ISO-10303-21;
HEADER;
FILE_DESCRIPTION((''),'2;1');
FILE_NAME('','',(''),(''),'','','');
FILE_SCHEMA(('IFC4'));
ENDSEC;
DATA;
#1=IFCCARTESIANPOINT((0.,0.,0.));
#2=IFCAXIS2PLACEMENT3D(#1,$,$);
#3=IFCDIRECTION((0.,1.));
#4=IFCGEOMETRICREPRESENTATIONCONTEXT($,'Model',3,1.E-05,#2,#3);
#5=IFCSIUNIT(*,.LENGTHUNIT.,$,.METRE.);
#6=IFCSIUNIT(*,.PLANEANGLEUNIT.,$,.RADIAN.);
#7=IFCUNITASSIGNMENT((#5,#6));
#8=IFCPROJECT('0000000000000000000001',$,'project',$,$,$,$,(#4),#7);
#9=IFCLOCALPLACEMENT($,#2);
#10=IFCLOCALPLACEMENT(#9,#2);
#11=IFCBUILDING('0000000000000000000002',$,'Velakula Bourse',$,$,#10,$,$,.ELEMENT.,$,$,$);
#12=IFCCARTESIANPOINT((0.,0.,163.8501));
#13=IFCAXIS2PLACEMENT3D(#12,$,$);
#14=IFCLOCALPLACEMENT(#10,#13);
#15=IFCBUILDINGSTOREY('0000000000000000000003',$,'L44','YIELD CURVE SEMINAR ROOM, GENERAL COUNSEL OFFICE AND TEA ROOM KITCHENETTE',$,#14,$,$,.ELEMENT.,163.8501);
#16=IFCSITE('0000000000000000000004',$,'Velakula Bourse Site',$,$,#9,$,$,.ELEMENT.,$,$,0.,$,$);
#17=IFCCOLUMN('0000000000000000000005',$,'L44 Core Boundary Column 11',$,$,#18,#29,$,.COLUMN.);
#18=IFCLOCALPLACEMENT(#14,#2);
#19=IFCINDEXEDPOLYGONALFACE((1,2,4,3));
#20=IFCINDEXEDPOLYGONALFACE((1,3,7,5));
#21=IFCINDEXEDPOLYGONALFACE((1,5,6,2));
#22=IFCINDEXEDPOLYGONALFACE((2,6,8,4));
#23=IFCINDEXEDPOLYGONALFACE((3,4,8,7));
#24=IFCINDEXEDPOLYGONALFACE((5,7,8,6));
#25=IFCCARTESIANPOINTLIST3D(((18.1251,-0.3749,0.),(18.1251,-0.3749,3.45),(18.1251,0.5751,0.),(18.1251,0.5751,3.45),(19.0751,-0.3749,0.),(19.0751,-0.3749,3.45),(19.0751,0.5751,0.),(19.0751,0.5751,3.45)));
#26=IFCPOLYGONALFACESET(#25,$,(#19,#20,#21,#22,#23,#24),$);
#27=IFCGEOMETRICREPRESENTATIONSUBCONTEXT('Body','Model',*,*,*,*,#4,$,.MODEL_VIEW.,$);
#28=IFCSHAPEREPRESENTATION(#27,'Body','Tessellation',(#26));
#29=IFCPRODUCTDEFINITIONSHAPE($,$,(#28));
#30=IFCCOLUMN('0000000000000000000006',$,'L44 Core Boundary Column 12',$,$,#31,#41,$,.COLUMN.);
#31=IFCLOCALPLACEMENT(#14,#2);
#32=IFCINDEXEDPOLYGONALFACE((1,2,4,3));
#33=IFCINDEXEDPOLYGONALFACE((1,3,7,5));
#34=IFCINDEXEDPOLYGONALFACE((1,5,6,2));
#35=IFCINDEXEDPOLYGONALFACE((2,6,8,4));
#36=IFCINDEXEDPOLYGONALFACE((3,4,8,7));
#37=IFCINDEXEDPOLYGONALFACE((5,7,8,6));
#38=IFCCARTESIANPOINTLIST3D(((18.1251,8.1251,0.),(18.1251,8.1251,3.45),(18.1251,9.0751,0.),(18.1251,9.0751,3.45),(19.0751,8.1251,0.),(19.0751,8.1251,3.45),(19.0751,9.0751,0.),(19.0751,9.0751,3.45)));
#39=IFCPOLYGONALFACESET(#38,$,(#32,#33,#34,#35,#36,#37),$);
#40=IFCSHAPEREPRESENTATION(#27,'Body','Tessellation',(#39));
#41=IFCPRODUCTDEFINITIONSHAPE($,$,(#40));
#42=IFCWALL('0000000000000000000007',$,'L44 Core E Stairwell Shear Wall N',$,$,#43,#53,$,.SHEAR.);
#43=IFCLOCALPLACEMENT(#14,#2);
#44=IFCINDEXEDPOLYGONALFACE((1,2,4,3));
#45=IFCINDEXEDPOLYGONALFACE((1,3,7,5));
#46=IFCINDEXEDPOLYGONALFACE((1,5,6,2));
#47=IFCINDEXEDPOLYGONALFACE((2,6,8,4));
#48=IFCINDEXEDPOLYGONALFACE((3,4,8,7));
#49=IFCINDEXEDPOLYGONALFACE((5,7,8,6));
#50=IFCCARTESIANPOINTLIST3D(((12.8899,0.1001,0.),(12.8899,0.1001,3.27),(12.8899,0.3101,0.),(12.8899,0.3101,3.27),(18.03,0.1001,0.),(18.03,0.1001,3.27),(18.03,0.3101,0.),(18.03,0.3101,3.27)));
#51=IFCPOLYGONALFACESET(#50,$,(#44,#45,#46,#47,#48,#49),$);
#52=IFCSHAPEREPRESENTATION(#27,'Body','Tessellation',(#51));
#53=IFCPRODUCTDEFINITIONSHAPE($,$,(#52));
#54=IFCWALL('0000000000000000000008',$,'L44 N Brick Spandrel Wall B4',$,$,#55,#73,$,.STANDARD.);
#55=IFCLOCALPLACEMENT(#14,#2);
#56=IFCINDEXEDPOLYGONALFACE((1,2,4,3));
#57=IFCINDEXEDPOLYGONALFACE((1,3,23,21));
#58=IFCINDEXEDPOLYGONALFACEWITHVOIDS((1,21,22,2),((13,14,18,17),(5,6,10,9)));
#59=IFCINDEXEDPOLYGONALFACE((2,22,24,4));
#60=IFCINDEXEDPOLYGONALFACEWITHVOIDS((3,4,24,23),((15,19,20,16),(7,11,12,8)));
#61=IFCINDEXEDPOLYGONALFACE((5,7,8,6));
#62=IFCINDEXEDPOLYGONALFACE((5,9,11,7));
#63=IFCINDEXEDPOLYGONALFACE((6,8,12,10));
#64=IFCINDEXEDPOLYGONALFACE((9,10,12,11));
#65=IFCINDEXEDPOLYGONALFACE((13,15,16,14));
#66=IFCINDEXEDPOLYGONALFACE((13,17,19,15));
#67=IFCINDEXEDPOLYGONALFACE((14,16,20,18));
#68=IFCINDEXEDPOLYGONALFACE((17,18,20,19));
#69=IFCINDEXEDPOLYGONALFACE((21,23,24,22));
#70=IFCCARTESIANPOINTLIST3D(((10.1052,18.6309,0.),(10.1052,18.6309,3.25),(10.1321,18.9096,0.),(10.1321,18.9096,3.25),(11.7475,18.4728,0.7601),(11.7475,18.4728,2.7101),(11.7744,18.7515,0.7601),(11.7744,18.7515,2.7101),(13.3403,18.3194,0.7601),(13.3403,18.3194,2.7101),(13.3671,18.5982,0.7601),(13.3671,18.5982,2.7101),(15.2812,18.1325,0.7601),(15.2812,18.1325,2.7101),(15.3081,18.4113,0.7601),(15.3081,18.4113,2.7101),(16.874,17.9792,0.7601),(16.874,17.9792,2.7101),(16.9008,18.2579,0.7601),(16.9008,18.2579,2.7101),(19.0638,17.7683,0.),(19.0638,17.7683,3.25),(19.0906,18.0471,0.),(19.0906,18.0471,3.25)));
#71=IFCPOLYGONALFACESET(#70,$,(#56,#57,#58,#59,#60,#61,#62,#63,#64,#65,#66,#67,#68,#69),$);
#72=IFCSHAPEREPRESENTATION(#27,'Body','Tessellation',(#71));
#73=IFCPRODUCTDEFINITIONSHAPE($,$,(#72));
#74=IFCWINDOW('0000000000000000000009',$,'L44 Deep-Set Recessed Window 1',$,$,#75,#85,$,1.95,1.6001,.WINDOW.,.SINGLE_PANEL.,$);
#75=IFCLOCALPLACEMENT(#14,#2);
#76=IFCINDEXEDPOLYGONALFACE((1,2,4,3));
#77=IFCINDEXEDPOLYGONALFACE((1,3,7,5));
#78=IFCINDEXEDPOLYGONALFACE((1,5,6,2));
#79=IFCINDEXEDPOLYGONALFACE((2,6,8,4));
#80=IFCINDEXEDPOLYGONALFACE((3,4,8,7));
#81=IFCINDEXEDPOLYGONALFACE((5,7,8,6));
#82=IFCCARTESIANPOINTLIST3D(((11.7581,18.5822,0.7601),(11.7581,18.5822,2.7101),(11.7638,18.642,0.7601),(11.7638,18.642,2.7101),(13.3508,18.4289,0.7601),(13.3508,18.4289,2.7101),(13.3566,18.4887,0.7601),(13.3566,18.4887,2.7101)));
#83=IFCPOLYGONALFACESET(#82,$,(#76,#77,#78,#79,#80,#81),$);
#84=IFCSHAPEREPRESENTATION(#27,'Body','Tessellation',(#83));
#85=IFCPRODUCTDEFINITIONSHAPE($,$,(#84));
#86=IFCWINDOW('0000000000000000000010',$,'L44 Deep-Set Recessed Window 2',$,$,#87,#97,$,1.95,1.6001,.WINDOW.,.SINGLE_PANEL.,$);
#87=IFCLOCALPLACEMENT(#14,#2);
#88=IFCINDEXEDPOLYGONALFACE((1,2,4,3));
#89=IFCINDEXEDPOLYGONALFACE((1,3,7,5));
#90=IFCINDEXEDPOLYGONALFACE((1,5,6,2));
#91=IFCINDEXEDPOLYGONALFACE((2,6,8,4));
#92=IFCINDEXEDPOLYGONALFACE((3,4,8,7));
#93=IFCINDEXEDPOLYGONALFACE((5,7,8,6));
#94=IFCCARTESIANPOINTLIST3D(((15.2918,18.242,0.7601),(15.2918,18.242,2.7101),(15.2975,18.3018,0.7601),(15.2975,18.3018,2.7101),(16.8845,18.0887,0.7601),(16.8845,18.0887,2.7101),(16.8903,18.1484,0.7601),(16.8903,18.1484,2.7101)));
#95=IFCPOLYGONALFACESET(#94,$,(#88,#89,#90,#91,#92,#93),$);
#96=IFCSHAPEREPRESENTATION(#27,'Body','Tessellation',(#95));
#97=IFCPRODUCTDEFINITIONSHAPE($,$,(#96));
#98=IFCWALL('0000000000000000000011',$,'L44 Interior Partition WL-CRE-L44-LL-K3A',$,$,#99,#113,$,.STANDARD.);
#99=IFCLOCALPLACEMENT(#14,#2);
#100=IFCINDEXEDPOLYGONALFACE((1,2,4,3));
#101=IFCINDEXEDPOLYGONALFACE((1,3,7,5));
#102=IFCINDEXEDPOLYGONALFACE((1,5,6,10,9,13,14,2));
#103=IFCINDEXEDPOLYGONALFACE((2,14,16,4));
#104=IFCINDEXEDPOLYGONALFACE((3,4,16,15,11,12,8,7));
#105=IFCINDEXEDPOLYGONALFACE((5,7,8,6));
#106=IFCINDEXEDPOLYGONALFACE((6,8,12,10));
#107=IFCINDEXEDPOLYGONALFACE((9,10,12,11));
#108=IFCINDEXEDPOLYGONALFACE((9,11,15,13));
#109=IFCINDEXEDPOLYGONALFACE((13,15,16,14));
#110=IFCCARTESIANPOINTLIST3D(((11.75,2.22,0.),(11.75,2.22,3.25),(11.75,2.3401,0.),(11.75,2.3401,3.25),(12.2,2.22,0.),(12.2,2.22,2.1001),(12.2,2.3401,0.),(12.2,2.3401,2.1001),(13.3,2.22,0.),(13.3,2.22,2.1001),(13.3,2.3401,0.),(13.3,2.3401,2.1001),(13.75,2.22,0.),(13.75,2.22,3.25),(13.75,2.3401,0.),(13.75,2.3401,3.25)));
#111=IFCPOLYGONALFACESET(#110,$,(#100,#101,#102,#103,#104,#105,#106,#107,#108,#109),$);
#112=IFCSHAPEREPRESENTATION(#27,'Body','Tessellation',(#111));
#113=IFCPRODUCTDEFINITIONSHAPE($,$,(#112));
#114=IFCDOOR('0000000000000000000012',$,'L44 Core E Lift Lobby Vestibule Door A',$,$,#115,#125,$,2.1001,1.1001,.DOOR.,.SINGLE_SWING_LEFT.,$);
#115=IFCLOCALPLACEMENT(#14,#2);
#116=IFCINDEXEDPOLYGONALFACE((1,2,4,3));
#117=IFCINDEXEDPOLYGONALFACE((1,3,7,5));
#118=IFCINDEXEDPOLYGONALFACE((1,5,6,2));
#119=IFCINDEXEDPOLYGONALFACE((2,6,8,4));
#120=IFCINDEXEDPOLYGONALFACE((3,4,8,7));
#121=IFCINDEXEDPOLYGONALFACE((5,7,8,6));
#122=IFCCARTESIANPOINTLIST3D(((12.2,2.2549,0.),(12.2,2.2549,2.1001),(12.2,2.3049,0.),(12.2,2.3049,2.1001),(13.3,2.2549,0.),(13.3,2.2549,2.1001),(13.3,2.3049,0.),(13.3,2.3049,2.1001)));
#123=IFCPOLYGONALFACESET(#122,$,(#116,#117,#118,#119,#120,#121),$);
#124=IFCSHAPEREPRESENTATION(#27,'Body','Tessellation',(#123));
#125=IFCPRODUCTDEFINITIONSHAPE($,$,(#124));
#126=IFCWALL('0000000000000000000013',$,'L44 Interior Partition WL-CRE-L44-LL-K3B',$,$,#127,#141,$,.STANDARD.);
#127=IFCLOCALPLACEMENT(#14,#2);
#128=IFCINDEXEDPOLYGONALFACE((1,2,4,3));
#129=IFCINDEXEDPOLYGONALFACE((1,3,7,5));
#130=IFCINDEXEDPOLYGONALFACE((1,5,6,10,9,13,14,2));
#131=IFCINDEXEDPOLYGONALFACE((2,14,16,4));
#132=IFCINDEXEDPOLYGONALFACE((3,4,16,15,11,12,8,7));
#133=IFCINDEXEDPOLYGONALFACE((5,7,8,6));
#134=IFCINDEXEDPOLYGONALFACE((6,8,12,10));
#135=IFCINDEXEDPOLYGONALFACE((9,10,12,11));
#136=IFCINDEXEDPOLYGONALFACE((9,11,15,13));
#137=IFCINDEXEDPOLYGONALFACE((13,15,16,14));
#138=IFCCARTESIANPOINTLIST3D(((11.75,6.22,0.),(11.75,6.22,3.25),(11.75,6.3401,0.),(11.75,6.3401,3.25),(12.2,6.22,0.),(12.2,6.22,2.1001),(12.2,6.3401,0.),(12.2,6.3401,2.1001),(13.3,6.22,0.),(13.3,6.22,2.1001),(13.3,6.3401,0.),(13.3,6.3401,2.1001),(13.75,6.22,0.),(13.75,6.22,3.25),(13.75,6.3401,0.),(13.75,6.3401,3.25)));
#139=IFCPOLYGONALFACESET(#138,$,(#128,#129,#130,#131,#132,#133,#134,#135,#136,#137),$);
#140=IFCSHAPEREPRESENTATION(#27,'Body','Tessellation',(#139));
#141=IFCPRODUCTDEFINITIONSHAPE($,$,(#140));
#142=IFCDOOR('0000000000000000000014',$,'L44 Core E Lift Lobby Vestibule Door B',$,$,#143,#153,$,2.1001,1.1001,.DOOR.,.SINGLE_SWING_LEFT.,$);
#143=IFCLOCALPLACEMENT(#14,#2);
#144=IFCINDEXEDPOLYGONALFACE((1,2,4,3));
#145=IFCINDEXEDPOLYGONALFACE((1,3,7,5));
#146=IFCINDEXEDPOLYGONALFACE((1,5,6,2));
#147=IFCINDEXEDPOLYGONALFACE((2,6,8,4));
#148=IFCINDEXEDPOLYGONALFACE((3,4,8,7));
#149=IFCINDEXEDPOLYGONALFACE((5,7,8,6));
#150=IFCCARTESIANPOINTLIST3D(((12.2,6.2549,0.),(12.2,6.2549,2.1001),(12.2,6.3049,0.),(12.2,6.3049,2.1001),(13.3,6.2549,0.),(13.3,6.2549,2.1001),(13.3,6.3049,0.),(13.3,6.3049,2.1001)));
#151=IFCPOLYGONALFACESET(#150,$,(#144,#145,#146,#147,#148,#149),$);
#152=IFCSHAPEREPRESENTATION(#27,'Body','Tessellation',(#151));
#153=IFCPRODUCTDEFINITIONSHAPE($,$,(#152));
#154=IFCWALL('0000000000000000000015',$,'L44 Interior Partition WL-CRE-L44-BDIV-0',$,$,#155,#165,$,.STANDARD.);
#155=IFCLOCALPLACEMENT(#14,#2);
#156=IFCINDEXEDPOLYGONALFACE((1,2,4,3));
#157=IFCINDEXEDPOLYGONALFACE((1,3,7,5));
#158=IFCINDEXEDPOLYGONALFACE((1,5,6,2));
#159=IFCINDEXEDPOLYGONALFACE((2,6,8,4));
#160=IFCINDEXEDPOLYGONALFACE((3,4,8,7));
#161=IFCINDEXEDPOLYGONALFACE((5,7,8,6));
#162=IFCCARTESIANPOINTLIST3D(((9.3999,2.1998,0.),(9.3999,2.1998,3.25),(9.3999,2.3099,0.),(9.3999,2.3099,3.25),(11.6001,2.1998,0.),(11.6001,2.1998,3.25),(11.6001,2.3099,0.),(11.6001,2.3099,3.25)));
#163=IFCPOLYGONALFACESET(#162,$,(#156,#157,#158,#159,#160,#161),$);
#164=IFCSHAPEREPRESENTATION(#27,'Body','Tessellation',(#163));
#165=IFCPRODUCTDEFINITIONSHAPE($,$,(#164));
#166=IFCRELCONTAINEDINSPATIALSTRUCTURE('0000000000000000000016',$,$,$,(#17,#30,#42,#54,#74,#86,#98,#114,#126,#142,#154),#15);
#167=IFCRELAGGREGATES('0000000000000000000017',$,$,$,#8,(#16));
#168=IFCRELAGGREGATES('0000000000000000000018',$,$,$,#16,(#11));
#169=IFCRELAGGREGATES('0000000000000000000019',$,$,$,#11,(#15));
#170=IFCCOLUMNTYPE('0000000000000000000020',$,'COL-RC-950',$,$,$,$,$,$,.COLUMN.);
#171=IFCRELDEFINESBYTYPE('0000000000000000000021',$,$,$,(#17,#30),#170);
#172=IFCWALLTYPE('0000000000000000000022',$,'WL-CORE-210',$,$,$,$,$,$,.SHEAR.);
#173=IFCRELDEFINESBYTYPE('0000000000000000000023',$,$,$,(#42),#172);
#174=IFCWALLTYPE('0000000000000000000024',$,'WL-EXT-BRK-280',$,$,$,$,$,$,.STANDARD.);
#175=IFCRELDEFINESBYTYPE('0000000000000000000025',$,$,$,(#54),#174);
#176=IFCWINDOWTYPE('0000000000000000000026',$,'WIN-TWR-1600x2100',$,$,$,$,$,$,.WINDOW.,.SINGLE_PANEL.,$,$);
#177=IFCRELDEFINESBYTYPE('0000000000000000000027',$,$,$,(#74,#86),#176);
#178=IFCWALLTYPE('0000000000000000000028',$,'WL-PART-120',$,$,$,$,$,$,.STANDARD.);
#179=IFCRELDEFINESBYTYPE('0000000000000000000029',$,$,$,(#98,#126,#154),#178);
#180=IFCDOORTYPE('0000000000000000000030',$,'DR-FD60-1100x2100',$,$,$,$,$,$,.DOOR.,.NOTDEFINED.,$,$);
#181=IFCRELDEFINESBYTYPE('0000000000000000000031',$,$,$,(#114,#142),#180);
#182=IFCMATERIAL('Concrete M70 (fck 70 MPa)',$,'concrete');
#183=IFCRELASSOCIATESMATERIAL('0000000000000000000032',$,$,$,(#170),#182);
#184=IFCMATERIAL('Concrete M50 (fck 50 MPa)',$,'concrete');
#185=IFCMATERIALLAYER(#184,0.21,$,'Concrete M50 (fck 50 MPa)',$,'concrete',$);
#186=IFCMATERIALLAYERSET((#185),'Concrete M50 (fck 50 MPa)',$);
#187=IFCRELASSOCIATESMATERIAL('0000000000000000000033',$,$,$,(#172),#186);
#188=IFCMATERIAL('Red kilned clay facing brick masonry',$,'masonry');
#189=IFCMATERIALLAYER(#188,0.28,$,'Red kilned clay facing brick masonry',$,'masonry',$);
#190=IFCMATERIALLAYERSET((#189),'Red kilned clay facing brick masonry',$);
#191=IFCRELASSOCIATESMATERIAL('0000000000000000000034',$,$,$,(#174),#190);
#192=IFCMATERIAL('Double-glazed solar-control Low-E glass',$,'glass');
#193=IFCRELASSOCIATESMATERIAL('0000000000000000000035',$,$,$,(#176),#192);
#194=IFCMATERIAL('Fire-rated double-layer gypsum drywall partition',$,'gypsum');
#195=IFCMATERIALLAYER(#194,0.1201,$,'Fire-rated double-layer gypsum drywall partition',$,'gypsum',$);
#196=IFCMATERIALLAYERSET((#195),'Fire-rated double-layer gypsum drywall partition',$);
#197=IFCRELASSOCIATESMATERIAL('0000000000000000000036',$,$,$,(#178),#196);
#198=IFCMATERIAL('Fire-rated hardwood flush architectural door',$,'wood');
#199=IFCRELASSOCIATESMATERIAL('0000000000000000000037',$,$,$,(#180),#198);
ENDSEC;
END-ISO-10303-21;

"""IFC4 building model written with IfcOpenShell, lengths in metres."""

from ifc_helpers import new_model, si_unit, direction, frame, frame_2d, origin, origin_2d, place, context, subcontext, project, spatial, rectangle, extrude, material, layer, layer_set, material_profile, profile_set, type_object, element, fill, save


model = new_model("IFC4")

# Units and contexts
model_context = context("Model", 3, precision=1e-05, world=origin(), true_north=direction((0.0, 1.0)))
body_context = subcontext(model_context, "Body", "Model", "MODEL_VIEW")
ifc_project = project(units=[si_unit("LENGTHUNIT", "METRE"), si_unit("PLANEANGLEUNIT", "RADIAN")], contexts=[model_context])

# Site, building, storey
site_placement = place(None, origin())
site = spatial("IfcSite", under=ifc_project, at=site_placement, Name="Velakula Bourse Site", CompositionType="ELEMENT", RefElevation=0.0)
building_placement = place(site_placement, origin())
building = spatial("IfcBuilding", under=site, at=building_placement, Name="Velakula Bourse", CompositionType="ELEMENT")
storey_placement = place(building_placement, frame((0.0, 0.0, 163.8501)))
storey = spatial("IfcBuildingStorey", under=building, at=storey_placement, Name="L44", Description="YIELD CURVE SEMINAR ROOM, GENERAL COUNSEL OFFICE AND TEA ROOM KITCHENETTE", CompositionType="ELEMENT", Elevation=163.8501)

# Columns
ifc_material_1 = material(Name="Concrete M70 (fck 70 MPa)", Category="concrete")
ifc_material_profile = material_profile(ifc_material_1, rectangle(XDim=0.95, YDim=0.95, at=origin_2d()), Name="Concrete M70 (fck 70 MPa)")
ifc_profile_set = profile_set([ifc_material_profile], Name="Concrete M70 (fck 70 MPa)")
column_type = type_object("IfcColumnType", Name="COL-RC-950", PredefinedType="COLUMN", material=ifc_profile_set)
for number, where, z_axis, x_axis, name in (
    (1, (18.6001, 0.1001, 0.0), (0.0, 0.0, 1.0), (1.0, 0.0, 0.0), "L44 Core Boundary Column 11"),
    (2, (18.6001, 8.6001, 0.0), (0.0, 0.0, 1.0), (1.0, 0.0, 0.0), "L44 Core Boundary Column 12"),
):
    element("IfcColumn", number, at=place(storey_placement, frame(where, z_axis=z_axis, x_axis=x_axis)), inside=storey, type_object=column_type, Name=name, PredefinedType="COLUMN", context=body_context, shape_type="SweptSolid", body=[
        extrude(rectangle(XDim=0.95, YDim=0.95, at=origin_2d()), origin(), (0.0, 0.0, 1.0), 3.45),
    ])

# Wall
ifc_material_2 = material(Name="Concrete M50 (fck 50 MPa)", Category="concrete")
ifc_layer_1 = layer(ifc_material_2, 0.21, Name="Concrete M50 (fck 50 MPa)", Category="concrete")
ifc_layer_set_1 = layer_set([ifc_layer_1], Name="Concrete M50 (fck 50 MPa)")
wall_type_1 = type_object("IfcWallType", Name="WL-CORE-210", PredefinedType="SHEAR", material=ifc_layer_set_1)
wall_1_placement = place(storey_placement, frame((18.03, 0.2051, 0.0), z_axis=(0.0, 0.0, 1.0), x_axis=(-1.0, 0.0, 0.0)))
element("IfcWall", 3, at=wall_1_placement, inside=storey, type_object=wall_type_1, Name="L44 Core E Stairwell Shear Wall N", PredefinedType="SHEAR", context=body_context, shape_type="SweptSolid", body=[
    extrude(rectangle(XDim=5.1401, YDim=0.21, at=frame_2d((2.5701, 0.0))), origin(), (0.0, 0.0, 1.0), 3.27),
])

# Wall, openings, windows
ifc_material_3 = material(Name="Red kilned clay facing brick masonry", Category="masonry")
ifc_layer_2 = layer(ifc_material_3, 0.28, Name="Red kilned clay facing brick masonry", Category="masonry")
ifc_layer_set_2 = layer_set([ifc_layer_2], Name="Red kilned clay facing brick masonry")
wall_type_2 = type_object("IfcWallType", Name="WL-EXT-BRK-280", PredefinedType="STANDARD", material=ifc_layer_set_2)
wall_2_placement = place(storey_placement, frame((10.1187, 18.7703, 0.0), z_axis=(0.0, 0.0, 1.0), x_axis=(0.995397, -0.09584, 0.0)))
wall_2 = element("IfcWall", 4, at=wall_2_placement, inside=storey, type_object=wall_type_2, Name="L44 N Brick Spandrel Wall B4", PredefinedType="STANDARD", context=body_context, shape_type="SweptSolid", body=[
    extrude(rectangle(XDim=9.0, YDim=0.28, at=frame_2d((4.5, 0.0))), origin(), (0.0, 0.0, 1.0), 3.25),
])
opening_1_placement = place(wall_2_placement, frame((1.6499, 0.0, 0.76)))
opening_1 = element("IfcOpeningElement", 5, at=opening_1_placement, cuts=wall_2, PredefinedType="OPENING", context=body_context, shape_type="SweptSolid", body=[
    extrude(rectangle(XDim=1.6001, YDim=1.95, at=frame_2d((0.8, 0.9751))), frame((0.0, 0.1499, 0.0), z_axis=(0.0, -1.0, 0.0), x_axis=(1.0, 0.0, 0.0)), (0.0, 0.0, 1.0), 0.3),
])
opening_2_placement = place(wall_2_placement, frame((5.2, 0.0, 0.76)))
opening_2 = element("IfcOpeningElement", 6, at=opening_2_placement, cuts=wall_2, PredefinedType="OPENING", context=body_context, shape_type="SweptSolid", body=[
    extrude(rectangle(XDim=1.6001, YDim=1.95, at=frame_2d((0.8, 0.9751))), frame((0.0, 0.1499, 0.0), z_axis=(0.0, -1.0, 0.0), x_axis=(1.0, 0.0, 0.0)), (0.0, 0.0, 1.0), 0.3),
])
ifc_material_4 = material(Name="Double-glazed solar-control Low-E glass", Category="glass")
window_type = type_object("IfcWindowType", Name="WIN-TWR-1600x2100", PartitioningType="SINGLE_PANEL", PredefinedType="WINDOW", material=ifc_material_4)
window_1_placement = place(opening_1_placement, origin())
window_1 = element("IfcWindow", 7, at=window_1_placement, inside=storey, type_object=window_type, Name="L44 Deep-Set Recessed Window 1", OverallHeight=1.95, OverallWidth=1.6001, PartitioningType="SINGLE_PANEL", PredefinedType="WINDOW", context=body_context, shape_type="SweptSolid", body=[
    extrude(rectangle(XDim=1.6001, YDim=1.95, at=frame_2d((0.8, 0.9751))), frame((0.0, 0.03, 0.0), z_axis=(0.0, -1.0, 0.0), x_axis=(1.0, 0.0, 0.0)), (0.0, 0.0, 1.0), 0.0601),
])
fill(opening_1, window_1)
window_2_placement = place(opening_2_placement, origin())
window_2 = element("IfcWindow", 8, at=window_2_placement, inside=storey, type_object=window_type, Name="L44 Deep-Set Recessed Window 2", OverallHeight=1.95, OverallWidth=1.6001, PartitioningType="SINGLE_PANEL", PredefinedType="WINDOW", context=body_context, shape_type="SweptSolid", body=[
    extrude(rectangle(XDim=1.6001, YDim=1.95, at=frame_2d((0.8, 0.9751))), frame((0.0, 0.03, 0.0), z_axis=(0.0, -1.0, 0.0), x_axis=(1.0, 0.0, 0.0)), (0.0, 0.0, 1.0), 0.0601),
])
fill(opening_2, window_2)

# Walls, openings, doors
ifc_material_5 = material(Name="Fire-rated double-layer gypsum drywall partition", Category="gypsum")
ifc_layer_3 = layer(ifc_material_5, 0.1201, Name="Fire-rated double-layer gypsum drywall partition", Category="gypsum")
ifc_layer_set_3 = layer_set([ifc_layer_3], Name="Fire-rated double-layer gypsum drywall partition")
wall_type_3 = type_object("IfcWallType", Name="WL-PART-120", PredefinedType="STANDARD", material=ifc_layer_set_3)
wall_3_placement = place(storey_placement, frame((11.75, 2.28, 0.0), z_axis=(0.0, 0.0, 1.0), x_axis=(1.0, 0.0, 0.0)))
wall_3 = element("IfcWall", 9, at=wall_3_placement, inside=storey, type_object=wall_type_3, Name="L44 Interior Partition WL-CRE-L44-LL-K3A", PredefinedType="STANDARD", context=body_context, shape_type="SweptSolid", body=[
    extrude(rectangle(XDim=2.0, YDim=0.1201, at=frame_2d((1.0, 0.0))), origin(), (0.0, 0.0, 1.0), 3.25),
])
opening_3_placement = place(wall_3_placement, frame((0.45, 0.0, 0.0)))
opening_3 = element("IfcOpeningElement", 10, at=opening_3_placement, cuts=wall_3, PredefinedType="OPENING", context=body_context, shape_type="SweptSolid", body=[
    extrude(rectangle(XDim=1.1001, YDim=2.1001, at=frame_2d((0.55, 1.05))), frame((0.0, 0.0701, 0.0), z_axis=(0.0, -1.0, 0.0), x_axis=(1.0, 0.0, 0.0)), (0.0, 0.0, 1.0), 0.1401),
])
ifc_material_6 = material(Name="Fire-rated hardwood flush architectural door", Category="wood")
door_type_1 = type_object("IfcDoorType", Name="DR-FD60-1100x2100", OperationType="NOTDEFINED", PredefinedType="DOOR", material=ifc_material_6)
door_1_placement = place(opening_3_placement, origin())
door_1 = element("IfcDoor", 11, at=door_1_placement, inside=storey, type_object=door_type_1, Name="L44 Core E Lift Lobby Vestibule Door A", OperationType="SINGLE_SWING_LEFT", OverallHeight=2.1001, OverallWidth=1.1001, PredefinedType="DOOR", context=body_context, shape_type="SweptSolid", body=[
    extrude(rectangle(XDim=1.1001, YDim=2.1001, at=frame_2d((0.55, 1.05))), frame((0.0, 0.0249, 0.0), z_axis=(0.0, -1.0, 0.0), x_axis=(1.0, 0.0, 0.0)), (0.0, 0.0, 1.0), 0.05),
])
fill(opening_3, door_1)
wall_4_placement = place(storey_placement, frame((11.75, 6.28, 0.0), z_axis=(0.0, 0.0, 1.0), x_axis=(1.0, 0.0, 0.0)))
wall_4 = element("IfcWall", 12, at=wall_4_placement, inside=storey, type_object=wall_type_3, Name="L44 Interior Partition WL-CRE-L44-LL-K3B", PredefinedType="STANDARD", context=body_context, shape_type="SweptSolid", body=[
    extrude(rectangle(XDim=2.0, YDim=0.1201, at=frame_2d((1.0, 0.0))), origin(), (0.0, 0.0, 1.0), 3.25),
])
opening_4_placement = place(wall_4_placement, frame((0.45, 0.0, 0.0)))
opening_4 = element("IfcOpeningElement", 13, at=opening_4_placement, cuts=wall_4, PredefinedType="OPENING", context=body_context, shape_type="SweptSolid", body=[
    extrude(rectangle(XDim=1.1001, YDim=2.1001, at=frame_2d((0.55, 1.05))), frame((0.0, 0.0701, 0.0), z_axis=(0.0, -1.0, 0.0), x_axis=(1.0, 0.0, 0.0)), (0.0, 0.0, 1.0), 0.1401),
])
door_2_placement = place(opening_4_placement, origin())
door_2 = element("IfcDoor", 14, at=door_2_placement, inside=storey, type_object=door_type_1, Name="L44 Core E Lift Lobby Vestibule Door B", OperationType="SINGLE_SWING_LEFT", OverallHeight=2.1001, OverallWidth=1.1001, PredefinedType="DOOR", context=body_context, shape_type="SweptSolid", body=[
    extrude(rectangle(XDim=1.1001, YDim=2.1001, at=frame_2d((0.55, 1.05))), frame((0.0, 0.0249, 0.0), z_axis=(0.0, -1.0, 0.0), x_axis=(1.0, 0.0, 0.0)), (0.0, 0.0, 1.0), 0.05),
])
fill(opening_4, door_2)

# Wall
for number, where, z_axis, x_axis, name in (
    (15, (9.3999, 2.2549, 0.0), (0.0, 0.0, 1.0), (1.0, 0.0, 0.0), "L44 Interior Partition WL-CRE-L44-BDIV-0"),
):
    element("IfcWall", number, at=place(storey_placement, frame(where, z_axis=z_axis, x_axis=x_axis)), inside=storey, type_object=wall_type_3, Name=name, PredefinedType="STANDARD", context=body_context, shape_type="SweptSolid", body=[
        extrude(rectangle(XDim=2.2002, YDim=0.1101, at=frame_2d((1.1001, 0.0))), origin(), (0.0, 0.0, 1.0), 3.25),
    ])

save(model, "model.ifc")
